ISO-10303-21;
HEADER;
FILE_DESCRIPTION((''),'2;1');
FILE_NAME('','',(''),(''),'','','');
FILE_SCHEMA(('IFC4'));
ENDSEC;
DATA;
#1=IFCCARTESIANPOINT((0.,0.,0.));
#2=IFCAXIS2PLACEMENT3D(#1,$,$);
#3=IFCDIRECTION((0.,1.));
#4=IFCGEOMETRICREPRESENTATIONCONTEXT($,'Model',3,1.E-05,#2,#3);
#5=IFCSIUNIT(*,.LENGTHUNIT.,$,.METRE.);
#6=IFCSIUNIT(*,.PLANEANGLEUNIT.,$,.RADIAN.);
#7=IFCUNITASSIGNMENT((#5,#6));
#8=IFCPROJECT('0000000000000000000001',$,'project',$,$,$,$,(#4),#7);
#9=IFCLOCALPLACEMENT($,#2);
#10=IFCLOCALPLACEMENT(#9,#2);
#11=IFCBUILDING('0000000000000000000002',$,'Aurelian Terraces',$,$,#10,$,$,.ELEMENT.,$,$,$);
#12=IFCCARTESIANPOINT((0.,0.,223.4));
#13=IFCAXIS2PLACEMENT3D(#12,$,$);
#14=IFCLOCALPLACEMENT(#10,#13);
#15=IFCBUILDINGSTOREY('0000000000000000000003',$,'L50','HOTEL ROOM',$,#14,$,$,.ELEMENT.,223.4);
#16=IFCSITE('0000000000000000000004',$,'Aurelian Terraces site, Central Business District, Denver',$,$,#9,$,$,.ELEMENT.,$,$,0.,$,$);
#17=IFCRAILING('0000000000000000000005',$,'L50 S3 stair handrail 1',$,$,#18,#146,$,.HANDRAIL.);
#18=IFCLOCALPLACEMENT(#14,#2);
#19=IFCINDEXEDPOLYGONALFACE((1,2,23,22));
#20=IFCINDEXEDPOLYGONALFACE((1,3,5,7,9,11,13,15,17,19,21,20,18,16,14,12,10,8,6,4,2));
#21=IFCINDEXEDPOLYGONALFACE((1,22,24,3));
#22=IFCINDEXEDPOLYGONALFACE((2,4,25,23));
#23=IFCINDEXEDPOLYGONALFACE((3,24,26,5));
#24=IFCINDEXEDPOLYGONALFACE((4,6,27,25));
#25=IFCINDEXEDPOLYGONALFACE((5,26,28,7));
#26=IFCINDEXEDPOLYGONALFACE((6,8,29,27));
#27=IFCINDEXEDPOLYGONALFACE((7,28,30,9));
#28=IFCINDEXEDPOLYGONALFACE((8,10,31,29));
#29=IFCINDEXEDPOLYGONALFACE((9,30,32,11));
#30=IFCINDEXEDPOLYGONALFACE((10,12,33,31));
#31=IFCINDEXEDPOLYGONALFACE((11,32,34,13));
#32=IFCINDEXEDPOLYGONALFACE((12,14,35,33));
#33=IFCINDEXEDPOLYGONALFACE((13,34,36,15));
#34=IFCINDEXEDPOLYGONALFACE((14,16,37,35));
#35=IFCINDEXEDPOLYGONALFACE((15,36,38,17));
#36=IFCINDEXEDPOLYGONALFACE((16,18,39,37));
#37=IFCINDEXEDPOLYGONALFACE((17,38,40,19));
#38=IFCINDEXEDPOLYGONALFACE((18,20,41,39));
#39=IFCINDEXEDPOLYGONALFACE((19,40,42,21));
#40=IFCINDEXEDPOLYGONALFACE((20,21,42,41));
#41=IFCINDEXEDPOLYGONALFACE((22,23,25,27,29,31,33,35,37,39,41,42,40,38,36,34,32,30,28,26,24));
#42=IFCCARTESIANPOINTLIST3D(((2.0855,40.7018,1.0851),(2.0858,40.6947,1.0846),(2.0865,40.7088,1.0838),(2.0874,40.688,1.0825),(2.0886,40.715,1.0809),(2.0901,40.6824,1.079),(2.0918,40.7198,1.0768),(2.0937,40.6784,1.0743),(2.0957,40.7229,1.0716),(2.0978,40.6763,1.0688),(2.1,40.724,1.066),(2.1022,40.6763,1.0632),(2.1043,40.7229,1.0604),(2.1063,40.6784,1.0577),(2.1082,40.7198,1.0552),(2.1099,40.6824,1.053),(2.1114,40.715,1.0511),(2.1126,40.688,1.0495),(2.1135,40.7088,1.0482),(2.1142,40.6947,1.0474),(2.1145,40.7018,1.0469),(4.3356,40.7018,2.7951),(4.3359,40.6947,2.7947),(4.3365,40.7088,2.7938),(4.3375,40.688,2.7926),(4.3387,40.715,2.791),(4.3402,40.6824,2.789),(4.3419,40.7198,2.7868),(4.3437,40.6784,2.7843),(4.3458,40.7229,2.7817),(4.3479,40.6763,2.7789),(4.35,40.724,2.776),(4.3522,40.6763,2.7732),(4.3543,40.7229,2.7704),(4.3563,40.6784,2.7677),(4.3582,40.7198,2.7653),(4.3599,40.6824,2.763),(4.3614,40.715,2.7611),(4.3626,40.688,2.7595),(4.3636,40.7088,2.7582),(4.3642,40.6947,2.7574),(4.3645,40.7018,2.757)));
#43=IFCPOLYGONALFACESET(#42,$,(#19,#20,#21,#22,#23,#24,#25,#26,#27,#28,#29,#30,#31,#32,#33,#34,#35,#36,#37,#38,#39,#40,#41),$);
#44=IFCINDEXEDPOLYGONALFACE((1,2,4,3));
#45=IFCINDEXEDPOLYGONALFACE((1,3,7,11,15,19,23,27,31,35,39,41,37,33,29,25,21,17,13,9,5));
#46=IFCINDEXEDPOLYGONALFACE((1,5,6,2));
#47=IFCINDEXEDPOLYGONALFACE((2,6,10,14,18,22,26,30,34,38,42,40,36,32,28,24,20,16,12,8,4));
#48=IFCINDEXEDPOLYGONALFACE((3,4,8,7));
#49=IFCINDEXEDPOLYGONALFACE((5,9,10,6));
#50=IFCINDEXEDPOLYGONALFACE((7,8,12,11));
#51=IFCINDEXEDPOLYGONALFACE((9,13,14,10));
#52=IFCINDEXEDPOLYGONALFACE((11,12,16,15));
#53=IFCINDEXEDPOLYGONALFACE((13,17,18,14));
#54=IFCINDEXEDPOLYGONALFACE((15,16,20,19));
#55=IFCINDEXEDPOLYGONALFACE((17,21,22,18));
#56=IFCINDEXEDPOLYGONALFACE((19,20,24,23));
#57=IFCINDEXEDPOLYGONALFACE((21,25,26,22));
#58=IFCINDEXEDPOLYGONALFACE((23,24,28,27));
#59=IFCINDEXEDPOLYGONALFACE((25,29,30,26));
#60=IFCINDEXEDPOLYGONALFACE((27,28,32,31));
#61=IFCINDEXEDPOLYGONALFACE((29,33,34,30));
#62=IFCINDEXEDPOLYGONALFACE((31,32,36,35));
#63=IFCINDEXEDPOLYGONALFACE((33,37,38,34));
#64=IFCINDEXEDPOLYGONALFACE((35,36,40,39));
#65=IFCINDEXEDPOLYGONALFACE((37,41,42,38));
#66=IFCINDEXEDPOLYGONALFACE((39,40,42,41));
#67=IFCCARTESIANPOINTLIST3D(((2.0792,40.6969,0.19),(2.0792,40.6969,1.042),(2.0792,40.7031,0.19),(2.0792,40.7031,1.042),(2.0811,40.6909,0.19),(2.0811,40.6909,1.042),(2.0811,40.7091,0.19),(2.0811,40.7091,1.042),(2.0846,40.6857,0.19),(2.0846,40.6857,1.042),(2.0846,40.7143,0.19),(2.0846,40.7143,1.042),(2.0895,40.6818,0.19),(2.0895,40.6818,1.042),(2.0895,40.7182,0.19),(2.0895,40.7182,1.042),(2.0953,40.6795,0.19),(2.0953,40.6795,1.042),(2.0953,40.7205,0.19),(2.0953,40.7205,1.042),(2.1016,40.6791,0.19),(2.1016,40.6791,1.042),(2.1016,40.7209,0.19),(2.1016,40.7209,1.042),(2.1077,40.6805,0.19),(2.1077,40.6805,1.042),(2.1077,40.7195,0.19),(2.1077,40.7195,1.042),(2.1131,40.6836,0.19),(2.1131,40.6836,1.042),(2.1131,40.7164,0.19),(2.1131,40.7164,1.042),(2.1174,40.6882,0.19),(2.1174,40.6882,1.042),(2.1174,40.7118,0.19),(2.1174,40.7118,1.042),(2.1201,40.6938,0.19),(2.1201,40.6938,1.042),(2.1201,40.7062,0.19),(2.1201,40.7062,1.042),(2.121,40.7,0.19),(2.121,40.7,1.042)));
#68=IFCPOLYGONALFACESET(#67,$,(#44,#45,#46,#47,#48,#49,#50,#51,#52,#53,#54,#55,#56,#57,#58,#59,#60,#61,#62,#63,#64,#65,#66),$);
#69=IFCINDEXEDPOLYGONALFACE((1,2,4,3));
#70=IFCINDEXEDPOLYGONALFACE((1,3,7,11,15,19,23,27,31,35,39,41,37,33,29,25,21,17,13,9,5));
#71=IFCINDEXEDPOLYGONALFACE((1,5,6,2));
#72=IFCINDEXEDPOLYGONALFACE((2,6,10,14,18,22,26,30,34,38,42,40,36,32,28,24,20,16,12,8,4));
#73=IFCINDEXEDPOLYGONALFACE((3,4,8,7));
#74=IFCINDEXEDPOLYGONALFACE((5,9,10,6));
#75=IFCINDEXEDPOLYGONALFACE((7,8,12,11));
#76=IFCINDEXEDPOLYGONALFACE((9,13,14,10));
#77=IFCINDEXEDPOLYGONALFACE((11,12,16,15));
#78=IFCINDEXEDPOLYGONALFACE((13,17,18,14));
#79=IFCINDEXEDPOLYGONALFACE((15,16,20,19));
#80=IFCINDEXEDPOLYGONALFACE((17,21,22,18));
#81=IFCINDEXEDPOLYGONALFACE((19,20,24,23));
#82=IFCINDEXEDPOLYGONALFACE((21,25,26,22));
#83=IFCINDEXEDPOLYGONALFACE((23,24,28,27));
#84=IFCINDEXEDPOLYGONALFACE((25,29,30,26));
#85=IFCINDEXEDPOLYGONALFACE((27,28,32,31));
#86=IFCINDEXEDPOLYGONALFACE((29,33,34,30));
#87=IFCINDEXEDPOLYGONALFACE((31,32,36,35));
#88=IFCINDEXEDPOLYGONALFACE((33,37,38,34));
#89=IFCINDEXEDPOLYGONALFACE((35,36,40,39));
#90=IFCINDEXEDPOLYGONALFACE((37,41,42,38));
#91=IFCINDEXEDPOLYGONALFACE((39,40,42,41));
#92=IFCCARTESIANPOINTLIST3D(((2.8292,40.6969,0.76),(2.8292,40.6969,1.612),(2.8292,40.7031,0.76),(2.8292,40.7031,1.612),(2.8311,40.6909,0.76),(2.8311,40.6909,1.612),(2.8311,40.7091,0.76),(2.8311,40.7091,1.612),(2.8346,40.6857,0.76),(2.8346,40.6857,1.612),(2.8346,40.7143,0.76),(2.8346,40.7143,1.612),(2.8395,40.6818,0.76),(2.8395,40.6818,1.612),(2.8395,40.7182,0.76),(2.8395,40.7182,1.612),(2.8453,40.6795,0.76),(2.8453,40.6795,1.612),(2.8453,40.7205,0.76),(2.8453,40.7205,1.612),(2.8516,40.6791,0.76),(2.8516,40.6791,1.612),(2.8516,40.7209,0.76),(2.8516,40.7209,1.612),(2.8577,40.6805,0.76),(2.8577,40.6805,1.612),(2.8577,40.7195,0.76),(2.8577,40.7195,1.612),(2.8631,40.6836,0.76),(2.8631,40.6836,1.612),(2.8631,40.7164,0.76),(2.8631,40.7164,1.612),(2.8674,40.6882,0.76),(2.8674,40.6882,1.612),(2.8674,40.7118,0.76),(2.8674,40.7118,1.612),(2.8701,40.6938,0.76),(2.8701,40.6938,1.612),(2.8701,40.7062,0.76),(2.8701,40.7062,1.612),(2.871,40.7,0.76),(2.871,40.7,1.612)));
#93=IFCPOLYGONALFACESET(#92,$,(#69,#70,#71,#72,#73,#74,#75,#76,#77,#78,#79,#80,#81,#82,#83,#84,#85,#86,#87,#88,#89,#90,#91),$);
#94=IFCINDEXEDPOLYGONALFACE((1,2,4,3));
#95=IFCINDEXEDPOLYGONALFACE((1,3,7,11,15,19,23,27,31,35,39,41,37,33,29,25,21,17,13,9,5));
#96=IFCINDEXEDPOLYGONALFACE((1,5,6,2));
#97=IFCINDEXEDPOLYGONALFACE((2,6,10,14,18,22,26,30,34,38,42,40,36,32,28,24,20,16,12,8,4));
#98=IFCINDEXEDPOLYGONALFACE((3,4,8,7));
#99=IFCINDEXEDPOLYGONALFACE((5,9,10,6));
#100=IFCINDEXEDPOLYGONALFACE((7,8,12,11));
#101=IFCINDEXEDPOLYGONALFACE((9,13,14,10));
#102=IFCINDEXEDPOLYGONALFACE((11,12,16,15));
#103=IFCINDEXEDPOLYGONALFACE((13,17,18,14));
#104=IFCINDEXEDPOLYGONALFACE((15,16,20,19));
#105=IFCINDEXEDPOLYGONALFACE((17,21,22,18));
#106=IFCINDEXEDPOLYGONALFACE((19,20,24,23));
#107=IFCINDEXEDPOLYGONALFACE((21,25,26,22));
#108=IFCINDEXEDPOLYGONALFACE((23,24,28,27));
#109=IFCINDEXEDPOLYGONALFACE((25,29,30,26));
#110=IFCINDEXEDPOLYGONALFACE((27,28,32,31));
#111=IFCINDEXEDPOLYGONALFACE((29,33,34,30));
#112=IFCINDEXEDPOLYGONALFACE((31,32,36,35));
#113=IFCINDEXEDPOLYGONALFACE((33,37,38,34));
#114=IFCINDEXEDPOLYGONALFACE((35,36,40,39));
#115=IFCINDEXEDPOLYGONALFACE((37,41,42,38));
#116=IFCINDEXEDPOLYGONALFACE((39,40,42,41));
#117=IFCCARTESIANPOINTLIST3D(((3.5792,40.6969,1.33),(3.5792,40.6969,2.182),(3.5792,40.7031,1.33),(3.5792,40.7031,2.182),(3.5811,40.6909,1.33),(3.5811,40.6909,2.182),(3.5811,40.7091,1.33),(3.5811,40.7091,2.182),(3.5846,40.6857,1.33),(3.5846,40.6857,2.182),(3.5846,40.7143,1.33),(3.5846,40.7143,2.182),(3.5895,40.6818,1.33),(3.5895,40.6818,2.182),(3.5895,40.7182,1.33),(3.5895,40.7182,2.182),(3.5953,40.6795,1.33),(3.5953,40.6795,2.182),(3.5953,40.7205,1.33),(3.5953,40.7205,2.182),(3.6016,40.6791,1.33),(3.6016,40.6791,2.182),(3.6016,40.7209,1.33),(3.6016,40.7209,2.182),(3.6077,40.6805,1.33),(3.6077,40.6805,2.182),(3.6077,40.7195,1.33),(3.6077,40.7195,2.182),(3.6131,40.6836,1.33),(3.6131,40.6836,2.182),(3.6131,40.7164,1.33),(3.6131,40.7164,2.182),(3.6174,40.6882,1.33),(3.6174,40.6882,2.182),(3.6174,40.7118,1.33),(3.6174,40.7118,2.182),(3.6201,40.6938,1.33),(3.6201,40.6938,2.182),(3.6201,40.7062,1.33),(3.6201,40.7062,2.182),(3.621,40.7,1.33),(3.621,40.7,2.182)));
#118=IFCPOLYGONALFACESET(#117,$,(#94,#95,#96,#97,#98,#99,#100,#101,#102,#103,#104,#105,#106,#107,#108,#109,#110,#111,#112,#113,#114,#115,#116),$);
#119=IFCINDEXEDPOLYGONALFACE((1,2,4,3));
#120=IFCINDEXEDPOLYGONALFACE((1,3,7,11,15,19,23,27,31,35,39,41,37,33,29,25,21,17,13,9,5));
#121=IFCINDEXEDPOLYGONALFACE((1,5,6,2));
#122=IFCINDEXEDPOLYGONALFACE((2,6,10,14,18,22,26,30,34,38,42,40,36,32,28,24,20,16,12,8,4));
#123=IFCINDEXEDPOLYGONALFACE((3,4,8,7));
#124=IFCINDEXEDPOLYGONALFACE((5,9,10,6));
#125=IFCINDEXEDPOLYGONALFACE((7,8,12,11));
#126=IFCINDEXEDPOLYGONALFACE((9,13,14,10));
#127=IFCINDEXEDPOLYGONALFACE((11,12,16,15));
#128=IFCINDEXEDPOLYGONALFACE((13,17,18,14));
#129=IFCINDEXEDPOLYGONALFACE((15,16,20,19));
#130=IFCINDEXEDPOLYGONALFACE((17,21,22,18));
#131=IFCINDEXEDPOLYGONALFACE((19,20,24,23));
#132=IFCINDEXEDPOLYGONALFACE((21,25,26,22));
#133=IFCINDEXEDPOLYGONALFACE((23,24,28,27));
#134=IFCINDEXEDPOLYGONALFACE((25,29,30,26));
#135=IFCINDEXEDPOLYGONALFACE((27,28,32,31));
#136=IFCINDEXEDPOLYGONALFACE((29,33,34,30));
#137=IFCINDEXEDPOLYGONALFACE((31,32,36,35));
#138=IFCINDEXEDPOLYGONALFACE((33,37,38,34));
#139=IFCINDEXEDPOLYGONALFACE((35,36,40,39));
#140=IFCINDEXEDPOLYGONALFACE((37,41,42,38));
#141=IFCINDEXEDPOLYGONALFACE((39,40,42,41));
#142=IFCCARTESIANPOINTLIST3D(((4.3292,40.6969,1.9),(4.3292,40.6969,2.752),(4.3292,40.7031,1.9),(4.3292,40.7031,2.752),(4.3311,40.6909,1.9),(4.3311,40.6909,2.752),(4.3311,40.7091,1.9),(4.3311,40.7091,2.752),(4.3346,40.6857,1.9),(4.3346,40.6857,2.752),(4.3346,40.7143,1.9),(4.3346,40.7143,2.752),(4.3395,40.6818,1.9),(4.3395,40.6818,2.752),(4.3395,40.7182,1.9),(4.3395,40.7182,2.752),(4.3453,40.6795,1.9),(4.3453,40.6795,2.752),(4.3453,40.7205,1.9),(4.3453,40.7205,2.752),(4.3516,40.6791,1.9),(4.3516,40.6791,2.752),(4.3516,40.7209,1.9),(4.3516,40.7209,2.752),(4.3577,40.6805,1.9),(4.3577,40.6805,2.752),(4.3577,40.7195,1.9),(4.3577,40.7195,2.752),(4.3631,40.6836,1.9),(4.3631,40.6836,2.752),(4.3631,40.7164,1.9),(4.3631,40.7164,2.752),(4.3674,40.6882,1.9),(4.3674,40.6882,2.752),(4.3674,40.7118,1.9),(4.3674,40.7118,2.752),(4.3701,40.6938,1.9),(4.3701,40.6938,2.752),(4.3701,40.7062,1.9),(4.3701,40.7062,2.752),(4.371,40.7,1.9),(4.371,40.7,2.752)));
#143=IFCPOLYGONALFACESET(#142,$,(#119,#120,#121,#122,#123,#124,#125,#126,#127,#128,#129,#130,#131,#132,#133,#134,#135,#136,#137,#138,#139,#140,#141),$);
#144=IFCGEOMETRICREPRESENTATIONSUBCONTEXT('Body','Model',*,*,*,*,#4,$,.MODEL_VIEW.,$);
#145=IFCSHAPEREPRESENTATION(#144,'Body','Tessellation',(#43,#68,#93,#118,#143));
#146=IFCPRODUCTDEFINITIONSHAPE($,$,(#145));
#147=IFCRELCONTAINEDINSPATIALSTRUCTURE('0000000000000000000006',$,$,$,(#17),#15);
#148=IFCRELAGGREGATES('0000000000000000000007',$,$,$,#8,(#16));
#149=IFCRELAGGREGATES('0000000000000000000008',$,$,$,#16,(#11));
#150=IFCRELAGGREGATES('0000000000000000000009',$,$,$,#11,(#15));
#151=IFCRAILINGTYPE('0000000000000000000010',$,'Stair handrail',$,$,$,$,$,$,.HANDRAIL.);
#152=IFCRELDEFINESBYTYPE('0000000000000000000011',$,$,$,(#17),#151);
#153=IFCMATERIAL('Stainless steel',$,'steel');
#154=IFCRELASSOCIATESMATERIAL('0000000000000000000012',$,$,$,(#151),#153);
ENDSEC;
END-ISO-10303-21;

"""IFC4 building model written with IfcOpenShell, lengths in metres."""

from ifc_helpers import new_model, si_unit, direction, frame, origin, origin_2d, place, context, subcontext, project, spatial, circle, extrude, source, transform, mapped, material, type_object, element, save


model = new_model("IFC4")

# Units and contexts
model_context = context("Model", 3, precision=1e-05, world=origin(), true_north=direction((0.0, 1.0)))
body_context = subcontext(model_context, "Body", "Model", "MODEL_VIEW")
ifc_project = project(units=[si_unit("LENGTHUNIT", "METRE"), si_unit("PLANEANGLEUNIT", "RADIAN")], contexts=[model_context])

# Site, building, storey
site_placement = place(None, origin())
site = spatial("IfcSite", under=ifc_project, at=site_placement, Name="Aurelian Terraces site, Central Business District, Denver", CompositionType="ELEMENT", RefElevation=0.0)
building_placement = place(site_placement, origin())
building = spatial("IfcBuilding", under=site, at=building_placement, Name="Aurelian Terraces", CompositionType="ELEMENT")
storey_placement = place(building_placement, frame((0.0, 0.0, 223.4)))
storey = spatial("IfcBuildingStorey", under=building, at=storey_placement, Name="L50", Description="HOTEL ROOM", CompositionType="ELEMENT", Elevation=223.4)

# Railing
ifc_material_1 = material(Name="Stainless steel", Category="steel")
railing_type_1 = type_object("IfcRailingType", Name="Stair handrail", PredefinedType="HANDRAIL", material=ifc_material_1)
shared_shape_1 = source(origin(), body_context, "Body", "SweptSolid", [
    extrude(circle(Radius=0.024, at=origin_2d()), frame((0.0, 0.0, 0.876), z_axis=(0.796162, 0.0, 0.605083), x_axis=(0.0, 1.0, 0.0)), (0.0, 0.0, 1.0), 2.8261),
    extrude(circle(Radius=0.021, at=origin_2d()), origin(), (0.0, 0.0, 1.0), 0.852),
    extrude(circle(Radius=0.021, at=origin_2d()), frame((0.75, 0.0, 0.57)), (0.0, 0.0, 1.0), 0.852),
    extrude(circle(Radius=0.021, at=origin_2d()), frame((1.5, 0.0, 1.14)), (0.0, 0.0, 1.0), 0.852),
    extrude(circle(Radius=0.021, at=origin_2d()), frame((2.25, 0.0, 1.71)), (0.0, 0.0, 1.0), 0.852),
])
railing_1_placement = place(storey_placement, frame((2.1, 40.7, 0.19)))
element("IfcRailing", 1, at=railing_1_placement, inside=storey, type_object=railing_type_1, Name="L50 S3 stair handrail 1", PredefinedType="HANDRAIL", context=body_context, shape_type="MappedRepresentation", body=[
    mapped(shared_shape_1, transform((0.0, 0.0, 0.0), scale=1.0)),
])

save(model, "model.ifc")
